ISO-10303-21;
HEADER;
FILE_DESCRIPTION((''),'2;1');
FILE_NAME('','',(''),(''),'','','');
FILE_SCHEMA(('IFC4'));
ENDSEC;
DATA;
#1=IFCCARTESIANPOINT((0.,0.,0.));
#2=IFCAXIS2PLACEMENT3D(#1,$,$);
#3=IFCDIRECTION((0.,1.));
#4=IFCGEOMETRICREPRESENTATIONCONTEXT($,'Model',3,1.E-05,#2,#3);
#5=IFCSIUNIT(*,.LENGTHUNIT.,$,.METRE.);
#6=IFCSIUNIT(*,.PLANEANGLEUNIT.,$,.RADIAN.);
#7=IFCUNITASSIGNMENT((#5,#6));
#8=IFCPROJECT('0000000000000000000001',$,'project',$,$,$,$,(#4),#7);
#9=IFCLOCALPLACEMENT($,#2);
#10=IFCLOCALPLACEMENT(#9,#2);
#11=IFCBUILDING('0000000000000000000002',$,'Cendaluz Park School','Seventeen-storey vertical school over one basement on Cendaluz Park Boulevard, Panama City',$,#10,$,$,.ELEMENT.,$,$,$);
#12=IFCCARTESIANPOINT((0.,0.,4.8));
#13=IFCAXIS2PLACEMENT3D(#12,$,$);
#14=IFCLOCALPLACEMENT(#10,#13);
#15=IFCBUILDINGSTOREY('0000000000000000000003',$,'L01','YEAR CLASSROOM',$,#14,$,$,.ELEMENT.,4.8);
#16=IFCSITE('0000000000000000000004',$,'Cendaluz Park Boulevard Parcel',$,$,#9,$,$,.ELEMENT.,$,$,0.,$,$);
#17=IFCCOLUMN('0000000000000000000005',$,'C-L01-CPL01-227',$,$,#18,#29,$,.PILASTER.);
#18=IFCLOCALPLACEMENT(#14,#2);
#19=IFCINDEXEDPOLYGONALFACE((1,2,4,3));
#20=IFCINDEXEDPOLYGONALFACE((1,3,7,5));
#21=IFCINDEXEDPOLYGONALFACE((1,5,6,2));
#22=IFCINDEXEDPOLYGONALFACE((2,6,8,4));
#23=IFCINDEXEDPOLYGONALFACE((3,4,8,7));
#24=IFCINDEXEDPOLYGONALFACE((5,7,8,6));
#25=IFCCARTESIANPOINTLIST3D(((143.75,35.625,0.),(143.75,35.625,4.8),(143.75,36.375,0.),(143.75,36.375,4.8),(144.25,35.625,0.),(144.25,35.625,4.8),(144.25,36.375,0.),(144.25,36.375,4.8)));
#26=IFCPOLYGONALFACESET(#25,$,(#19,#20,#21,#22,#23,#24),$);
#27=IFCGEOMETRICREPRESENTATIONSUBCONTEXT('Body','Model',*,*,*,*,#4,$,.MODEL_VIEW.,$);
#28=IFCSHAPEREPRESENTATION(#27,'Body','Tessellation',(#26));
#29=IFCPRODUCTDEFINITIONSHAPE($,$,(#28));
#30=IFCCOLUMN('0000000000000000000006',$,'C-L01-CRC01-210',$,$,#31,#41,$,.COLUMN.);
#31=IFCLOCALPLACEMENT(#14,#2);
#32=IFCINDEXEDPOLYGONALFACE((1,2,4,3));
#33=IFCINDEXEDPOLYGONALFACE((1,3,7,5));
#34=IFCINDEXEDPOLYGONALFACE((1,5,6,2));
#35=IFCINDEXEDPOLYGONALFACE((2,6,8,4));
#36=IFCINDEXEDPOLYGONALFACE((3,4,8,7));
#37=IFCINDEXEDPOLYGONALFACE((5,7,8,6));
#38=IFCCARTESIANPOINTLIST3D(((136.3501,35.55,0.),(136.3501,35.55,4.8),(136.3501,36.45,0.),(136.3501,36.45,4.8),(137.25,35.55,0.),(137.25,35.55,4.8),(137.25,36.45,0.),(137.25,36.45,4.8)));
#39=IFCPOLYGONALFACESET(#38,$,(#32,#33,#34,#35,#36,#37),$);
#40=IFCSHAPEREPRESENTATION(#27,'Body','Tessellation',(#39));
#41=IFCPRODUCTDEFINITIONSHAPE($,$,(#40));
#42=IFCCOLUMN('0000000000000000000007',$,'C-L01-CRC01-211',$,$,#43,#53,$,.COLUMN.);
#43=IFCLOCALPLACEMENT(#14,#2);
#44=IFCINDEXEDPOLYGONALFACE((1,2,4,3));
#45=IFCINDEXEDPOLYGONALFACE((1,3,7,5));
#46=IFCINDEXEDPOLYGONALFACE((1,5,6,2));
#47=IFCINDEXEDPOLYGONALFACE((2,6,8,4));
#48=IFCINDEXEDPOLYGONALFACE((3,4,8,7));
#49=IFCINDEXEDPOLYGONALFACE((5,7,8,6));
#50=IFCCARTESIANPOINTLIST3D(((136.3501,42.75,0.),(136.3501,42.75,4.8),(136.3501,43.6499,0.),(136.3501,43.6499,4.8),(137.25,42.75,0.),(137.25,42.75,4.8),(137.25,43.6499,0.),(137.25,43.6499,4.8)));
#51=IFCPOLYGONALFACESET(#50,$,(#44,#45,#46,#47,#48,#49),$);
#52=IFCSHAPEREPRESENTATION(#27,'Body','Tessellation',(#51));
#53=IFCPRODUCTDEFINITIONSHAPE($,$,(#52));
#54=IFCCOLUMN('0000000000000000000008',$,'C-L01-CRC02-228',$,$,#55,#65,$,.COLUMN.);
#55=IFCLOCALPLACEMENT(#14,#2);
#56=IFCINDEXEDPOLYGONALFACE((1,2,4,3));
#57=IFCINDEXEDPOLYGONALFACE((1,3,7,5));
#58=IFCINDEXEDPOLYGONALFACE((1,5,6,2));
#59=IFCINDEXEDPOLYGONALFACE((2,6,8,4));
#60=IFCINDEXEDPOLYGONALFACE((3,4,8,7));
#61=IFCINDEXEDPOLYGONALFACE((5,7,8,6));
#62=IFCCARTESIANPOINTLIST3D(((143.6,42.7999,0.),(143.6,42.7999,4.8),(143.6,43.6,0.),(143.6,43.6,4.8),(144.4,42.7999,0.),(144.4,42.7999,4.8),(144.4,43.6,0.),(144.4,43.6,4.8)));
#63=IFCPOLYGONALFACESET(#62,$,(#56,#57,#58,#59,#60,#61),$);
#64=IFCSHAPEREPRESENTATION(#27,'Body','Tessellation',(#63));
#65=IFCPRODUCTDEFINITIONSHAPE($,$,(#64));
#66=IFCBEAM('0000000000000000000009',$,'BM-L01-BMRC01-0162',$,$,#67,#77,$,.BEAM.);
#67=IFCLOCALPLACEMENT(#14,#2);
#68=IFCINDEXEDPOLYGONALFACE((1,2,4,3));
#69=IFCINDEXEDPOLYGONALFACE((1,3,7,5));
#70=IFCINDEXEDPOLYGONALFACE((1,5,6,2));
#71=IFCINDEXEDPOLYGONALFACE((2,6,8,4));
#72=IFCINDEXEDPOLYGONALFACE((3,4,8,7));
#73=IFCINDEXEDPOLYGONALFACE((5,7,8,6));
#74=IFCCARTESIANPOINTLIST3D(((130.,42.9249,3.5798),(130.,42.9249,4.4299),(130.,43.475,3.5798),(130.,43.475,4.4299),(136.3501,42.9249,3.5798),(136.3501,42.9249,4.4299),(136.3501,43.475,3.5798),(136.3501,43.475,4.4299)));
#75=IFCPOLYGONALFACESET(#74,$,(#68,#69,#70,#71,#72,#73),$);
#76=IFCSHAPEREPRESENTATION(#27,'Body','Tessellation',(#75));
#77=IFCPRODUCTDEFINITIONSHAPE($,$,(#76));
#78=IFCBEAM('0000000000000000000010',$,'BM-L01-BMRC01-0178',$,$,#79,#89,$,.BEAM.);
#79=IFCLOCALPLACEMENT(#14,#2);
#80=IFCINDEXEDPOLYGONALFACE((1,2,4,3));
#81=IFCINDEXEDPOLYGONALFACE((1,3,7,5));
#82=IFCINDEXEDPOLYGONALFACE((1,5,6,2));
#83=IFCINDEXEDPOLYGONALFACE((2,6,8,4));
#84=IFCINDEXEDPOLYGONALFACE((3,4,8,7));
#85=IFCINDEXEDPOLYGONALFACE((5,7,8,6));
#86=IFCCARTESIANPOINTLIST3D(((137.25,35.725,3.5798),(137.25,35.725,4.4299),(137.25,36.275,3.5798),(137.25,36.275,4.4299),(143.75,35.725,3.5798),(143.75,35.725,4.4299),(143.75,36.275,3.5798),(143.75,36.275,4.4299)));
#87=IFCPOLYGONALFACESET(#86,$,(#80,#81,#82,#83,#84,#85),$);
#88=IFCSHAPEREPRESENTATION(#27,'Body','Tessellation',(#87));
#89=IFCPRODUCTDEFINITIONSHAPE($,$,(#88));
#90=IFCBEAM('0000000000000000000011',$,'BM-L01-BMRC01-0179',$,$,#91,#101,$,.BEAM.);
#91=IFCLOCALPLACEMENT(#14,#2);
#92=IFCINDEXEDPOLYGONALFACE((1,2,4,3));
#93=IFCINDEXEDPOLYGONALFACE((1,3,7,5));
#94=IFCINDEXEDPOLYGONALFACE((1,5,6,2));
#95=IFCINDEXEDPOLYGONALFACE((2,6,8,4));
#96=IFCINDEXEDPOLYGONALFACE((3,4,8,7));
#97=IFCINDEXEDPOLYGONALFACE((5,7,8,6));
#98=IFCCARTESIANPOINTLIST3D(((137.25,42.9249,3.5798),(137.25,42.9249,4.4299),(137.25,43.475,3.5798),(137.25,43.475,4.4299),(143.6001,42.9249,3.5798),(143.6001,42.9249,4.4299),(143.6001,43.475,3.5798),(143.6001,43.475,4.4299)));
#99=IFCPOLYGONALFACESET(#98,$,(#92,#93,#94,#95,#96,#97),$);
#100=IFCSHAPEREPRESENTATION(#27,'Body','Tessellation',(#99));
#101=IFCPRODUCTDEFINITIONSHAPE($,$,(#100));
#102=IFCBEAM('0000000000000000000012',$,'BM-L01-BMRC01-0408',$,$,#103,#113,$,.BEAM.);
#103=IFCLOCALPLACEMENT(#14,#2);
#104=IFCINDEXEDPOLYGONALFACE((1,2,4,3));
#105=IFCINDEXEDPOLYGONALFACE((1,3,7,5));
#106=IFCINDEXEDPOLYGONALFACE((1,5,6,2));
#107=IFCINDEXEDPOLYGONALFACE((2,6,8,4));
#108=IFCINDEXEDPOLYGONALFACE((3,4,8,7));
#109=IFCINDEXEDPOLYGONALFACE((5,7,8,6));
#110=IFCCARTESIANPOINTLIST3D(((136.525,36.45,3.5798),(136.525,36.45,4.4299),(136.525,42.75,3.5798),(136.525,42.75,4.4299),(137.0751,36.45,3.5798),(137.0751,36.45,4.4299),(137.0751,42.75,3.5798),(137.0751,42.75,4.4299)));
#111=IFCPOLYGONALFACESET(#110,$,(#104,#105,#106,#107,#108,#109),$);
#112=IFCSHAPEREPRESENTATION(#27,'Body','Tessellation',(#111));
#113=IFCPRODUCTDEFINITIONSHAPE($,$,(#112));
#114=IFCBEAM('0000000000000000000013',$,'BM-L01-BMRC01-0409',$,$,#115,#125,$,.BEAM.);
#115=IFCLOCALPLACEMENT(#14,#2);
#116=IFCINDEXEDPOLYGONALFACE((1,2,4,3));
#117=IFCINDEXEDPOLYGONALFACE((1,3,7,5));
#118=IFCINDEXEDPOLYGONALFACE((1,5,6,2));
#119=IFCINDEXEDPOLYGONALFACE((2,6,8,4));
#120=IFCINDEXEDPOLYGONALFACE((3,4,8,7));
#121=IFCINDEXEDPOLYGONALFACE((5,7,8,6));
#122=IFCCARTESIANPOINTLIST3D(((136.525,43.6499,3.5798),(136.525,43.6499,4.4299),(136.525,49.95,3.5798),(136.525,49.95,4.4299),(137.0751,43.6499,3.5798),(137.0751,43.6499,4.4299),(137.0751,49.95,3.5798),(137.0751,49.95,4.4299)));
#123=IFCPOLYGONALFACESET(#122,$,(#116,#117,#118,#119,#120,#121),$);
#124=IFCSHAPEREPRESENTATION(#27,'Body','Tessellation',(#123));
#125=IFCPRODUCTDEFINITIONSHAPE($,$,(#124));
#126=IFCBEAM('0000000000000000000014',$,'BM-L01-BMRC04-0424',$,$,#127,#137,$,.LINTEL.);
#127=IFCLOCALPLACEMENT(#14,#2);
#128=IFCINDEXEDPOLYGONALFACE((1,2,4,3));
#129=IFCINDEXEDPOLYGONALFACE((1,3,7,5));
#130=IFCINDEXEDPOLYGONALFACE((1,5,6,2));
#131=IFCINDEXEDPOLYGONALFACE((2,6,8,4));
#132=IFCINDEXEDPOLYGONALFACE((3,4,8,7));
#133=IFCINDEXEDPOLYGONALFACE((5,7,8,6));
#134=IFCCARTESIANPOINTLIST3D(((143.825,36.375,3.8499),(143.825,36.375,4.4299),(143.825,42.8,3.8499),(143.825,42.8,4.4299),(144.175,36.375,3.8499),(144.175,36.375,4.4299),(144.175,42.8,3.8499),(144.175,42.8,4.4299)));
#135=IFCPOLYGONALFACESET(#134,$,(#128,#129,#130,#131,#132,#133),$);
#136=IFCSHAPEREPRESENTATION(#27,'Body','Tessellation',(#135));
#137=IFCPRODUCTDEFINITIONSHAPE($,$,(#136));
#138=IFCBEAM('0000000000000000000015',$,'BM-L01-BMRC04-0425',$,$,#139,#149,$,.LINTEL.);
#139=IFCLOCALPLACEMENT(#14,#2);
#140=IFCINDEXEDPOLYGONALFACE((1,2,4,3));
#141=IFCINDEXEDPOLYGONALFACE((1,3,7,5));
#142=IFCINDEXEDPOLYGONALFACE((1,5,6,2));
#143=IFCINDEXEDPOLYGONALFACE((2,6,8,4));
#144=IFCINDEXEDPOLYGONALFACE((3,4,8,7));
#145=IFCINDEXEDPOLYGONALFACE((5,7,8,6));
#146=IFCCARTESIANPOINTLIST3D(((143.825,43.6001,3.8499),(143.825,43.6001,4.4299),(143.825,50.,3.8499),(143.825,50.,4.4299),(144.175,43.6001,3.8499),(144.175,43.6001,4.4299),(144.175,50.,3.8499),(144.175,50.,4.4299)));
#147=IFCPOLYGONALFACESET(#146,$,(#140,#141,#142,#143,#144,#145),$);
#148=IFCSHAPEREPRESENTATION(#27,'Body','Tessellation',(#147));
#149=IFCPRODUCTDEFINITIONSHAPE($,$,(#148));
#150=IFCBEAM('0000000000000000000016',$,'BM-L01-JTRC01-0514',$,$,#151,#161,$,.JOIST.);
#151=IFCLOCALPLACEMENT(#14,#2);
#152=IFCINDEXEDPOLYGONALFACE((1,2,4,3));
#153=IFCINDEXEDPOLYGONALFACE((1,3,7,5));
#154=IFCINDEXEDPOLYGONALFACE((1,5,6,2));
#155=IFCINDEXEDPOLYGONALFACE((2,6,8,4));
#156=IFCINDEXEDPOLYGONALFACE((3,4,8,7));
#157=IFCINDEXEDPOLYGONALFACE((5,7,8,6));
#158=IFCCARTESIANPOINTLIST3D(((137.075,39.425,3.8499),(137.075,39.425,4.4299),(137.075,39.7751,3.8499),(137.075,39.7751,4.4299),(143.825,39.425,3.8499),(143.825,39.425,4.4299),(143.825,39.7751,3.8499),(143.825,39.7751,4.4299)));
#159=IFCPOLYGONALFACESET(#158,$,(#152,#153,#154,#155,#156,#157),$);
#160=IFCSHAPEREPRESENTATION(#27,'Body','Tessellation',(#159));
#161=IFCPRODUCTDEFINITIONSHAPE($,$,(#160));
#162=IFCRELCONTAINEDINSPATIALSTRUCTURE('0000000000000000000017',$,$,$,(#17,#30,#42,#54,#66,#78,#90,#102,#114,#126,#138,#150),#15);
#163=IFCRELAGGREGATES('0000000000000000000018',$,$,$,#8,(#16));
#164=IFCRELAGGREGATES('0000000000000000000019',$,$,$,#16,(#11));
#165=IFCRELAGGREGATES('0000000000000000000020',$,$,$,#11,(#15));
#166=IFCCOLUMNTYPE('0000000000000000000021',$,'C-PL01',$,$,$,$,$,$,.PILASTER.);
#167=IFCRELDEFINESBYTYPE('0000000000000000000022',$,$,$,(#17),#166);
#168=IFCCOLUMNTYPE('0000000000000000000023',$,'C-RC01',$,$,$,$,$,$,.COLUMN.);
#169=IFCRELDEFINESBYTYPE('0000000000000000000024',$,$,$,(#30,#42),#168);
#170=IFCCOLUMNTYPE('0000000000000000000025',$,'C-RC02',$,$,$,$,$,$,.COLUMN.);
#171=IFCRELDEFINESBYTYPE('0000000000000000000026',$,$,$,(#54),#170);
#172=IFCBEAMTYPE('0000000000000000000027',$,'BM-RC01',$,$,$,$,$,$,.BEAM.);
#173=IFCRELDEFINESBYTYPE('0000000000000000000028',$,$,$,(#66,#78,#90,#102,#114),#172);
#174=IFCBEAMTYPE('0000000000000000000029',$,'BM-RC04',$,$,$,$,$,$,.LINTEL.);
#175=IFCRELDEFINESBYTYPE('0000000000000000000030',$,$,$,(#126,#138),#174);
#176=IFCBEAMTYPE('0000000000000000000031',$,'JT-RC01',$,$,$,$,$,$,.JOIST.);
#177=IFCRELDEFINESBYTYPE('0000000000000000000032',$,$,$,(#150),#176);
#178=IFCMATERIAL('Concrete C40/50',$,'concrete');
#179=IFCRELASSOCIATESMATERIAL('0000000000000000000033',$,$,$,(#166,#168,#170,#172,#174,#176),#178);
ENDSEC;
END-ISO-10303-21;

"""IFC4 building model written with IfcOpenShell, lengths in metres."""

from ifc_helpers import new_model, si_unit, direction, frame, origin, origin_2d, place, context, subcontext, project, spatial, rectangle, extrude, material, material_profile, profile_set, type_object, element, save


model = new_model("IFC4")

# Units and contexts
model_context = context("Model", 3, precision=1e-05, world=origin(), true_north=direction((0.0, 1.0)))
body_context = subcontext(model_context, "Body", "Model", "MODEL_VIEW")
ifc_project = project(units=[si_unit("LENGTHUNIT", "METRE"), si_unit("PLANEANGLEUNIT", "RADIAN")], contexts=[model_context])

# Site, building, storey
site_placement = place(None, origin())
site = spatial("IfcSite", under=ifc_project, at=site_placement, Name="Cendaluz Park Boulevard Parcel", CompositionType="ELEMENT", RefElevation=0.0)
building_placement = place(site_placement, origin())
building = spatial("IfcBuilding", under=site, at=building_placement, Name="Cendaluz Park School", Description="Seventeen-storey vertical school over one basement on Cendaluz Park Boulevard, Panama City", CompositionType="ELEMENT")
storey_placement = place(building_placement, frame((0.0, 0.0, 4.8)))
storey = spatial("IfcBuildingStorey", under=building, at=storey_placement, Name="L01", Description="YEAR CLASSROOM", CompositionType="ELEMENT", Elevation=4.8)

# Columns
ifc_material_1 = material(Name="Concrete C40/50", Category="concrete")
ifc_material_profile_1 = material_profile(ifc_material_1, rectangle(XDim=0.5, YDim=0.75, at=origin_2d()), Name="RC 500x750", Category="concrete")
ifc_profile_set_1 = profile_set([ifc_material_profile_1], Name="Concrete C40/50")
column_type_1 = type_object("IfcColumnType", Name="C-PL01", PredefinedType="PILASTER", material=ifc_profile_set_1)
column_1_placement = place(storey_placement, frame((144.0, 36.0, 0.0), z_axis=(0.0, 0.0, 1.0), x_axis=(1.0, 0.0, 0.0)))
element("IfcColumn", 1, at=column_1_placement, inside=storey, type_object=column_type_1, Name="C-L01-CPL01-227", PredefinedType="PILASTER", context=body_context, shape_type="SweptSolid", body=[
    extrude(rectangle(XDim=0.5, YDim=0.75, at=origin_2d()), origin(), (0.0, 0.0, 1.0), 4.8),
])
ifc_material_profile_2 = material_profile(ifc_material_1, rectangle(XDim=0.8999, YDim=0.8999, at=origin_2d()), Name="RC 900x900", Category="concrete")
ifc_profile_set_2 = profile_set([ifc_material_profile_2], Name="Concrete C40/50")
column_type_2 = type_object("IfcColumnType", Name="C-RC01", PredefinedType="COLUMN", material=ifc_profile_set_2)
for number, where, z_axis, x_axis, name in (
    (2, (136.8, 36.0, 0.0), (0.0, 0.0, 1.0), (1.0, 0.0, 0.0), "C-L01-CRC01-210"),
    (3, (136.8, 43.2, 0.0), (0.0, 0.0, 1.0), (1.0, 0.0, 0.0), "C-L01-CRC01-211"),
):
    element("IfcColumn", number, at=place(storey_placement, frame(where, z_axis=z_axis, x_axis=x_axis)), inside=storey, type_object=column_type_2, Name=name, PredefinedType="COLUMN", context=body_context, shape_type="SweptSolid", body=[
        extrude(rectangle(XDim=0.8999, YDim=0.8999, at=origin_2d()), origin(), (0.0, 0.0, 1.0), 4.8),
    ])
ifc_material_profile_3 = material_profile(ifc_material_1, rectangle(XDim=0.8, YDim=0.8, at=origin_2d()), Name="RC 800x800", Category="concrete")
ifc_profile_set_3 = profile_set([ifc_material_profile_3], Name="Concrete C40/50")
column_type_3 = type_object("IfcColumnType", Name="C-RC02", PredefinedType="COLUMN", material=ifc_profile_set_3)
column_2_placement = place(storey_placement, frame((144.0, 43.2, 0.0), z_axis=(0.0, 0.0, 1.0), x_axis=(1.0, 0.0, 0.0)))
element("IfcColumn", 4, at=column_2_placement, inside=storey, type_object=column_type_3, Name="C-L01-CRC02-228", PredefinedType="COLUMN", context=body_context, shape_type="SweptSolid", body=[
    extrude(rectangle(XDim=0.8, YDim=0.8, at=origin_2d()), origin(), (0.0, 0.0, 1.0), 4.8),
])

# Beams
ifc_material_profile_4 = material_profile(ifc_material_1, rectangle(XDim=0.55, YDim=0.8501, at=origin_2d()), Name="RC 550x850", Category="concrete")
ifc_profile_set_4 = profile_set([ifc_material_profile_4], Name="Concrete C40/50")
beam_type_1 = type_object("IfcBeamType", Name="BM-RC01", PredefinedType="BEAM", material=ifc_profile_set_4)
beam_1_placement = place(storey_placement, frame((130.0, 43.2, 4.0049), z_axis=(1.0, 0.0, 0.0), x_axis=(0.0, 1.0, 0.0)))
element("IfcBeam", 5, at=beam_1_placement, inside=storey, type_object=beam_type_1, Name="BM-L01-BMRC01-0162", PredefinedType="BEAM", context=body_context, shape_type="SweptSolid", body=[
    extrude(rectangle(XDim=0.55, YDim=0.8501, at=origin_2d()), origin(), (0.0, 0.0, 1.0), 6.3501),
])
beam_2_placement = place(storey_placement, frame((137.25, 36.0, 4.0049), z_axis=(1.0, 0.0, 0.0), x_axis=(0.0, 1.0, 0.0)))
element("IfcBeam", 6, at=beam_2_placement, inside=storey, type_object=beam_type_1, Name="BM-L01-BMRC01-0178", PredefinedType="BEAM", context=body_context, shape_type="SweptSolid", body=[
    extrude(rectangle(XDim=0.55, YDim=0.8501, at=origin_2d()), origin(), (0.0, 0.0, 1.0), 6.5),
])
beam_3_placement = place(storey_placement, frame((137.25, 43.2, 4.0049), z_axis=(1.0, 0.0, 0.0), x_axis=(0.0, 1.0, 0.0)))
element("IfcBeam", 7, at=beam_3_placement, inside=storey, type_object=beam_type_1, Name="BM-L01-BMRC01-0179", PredefinedType="BEAM", context=body_context, shape_type="SweptSolid", body=[
    extrude(rectangle(XDim=0.55, YDim=0.8501, at=origin_2d()), origin(), (0.0, 0.0, 1.0), 6.3501),
])
for number, where, z_axis, x_axis, name in (
    (8, (136.8, 36.45, 4.0049), (0.0, 1.0, 0.0), (-1.0, 0.0, 0.0), "BM-L01-BMRC01-0408"),
    (9, (136.8, 43.6499, 4.0049), (0.0, 1.0, 0.0), (-1.0, 0.0, 0.0), "BM-L01-BMRC01-0409"),
):
    element("IfcBeam", number, at=place(storey_placement, frame(where, z_axis=z_axis, x_axis=x_axis)), inside=storey, type_object=beam_type_1, Name=name, PredefinedType="BEAM", context=body_context, shape_type="SweptSolid", body=[
        extrude(rectangle(XDim=0.55, YDim=0.8501, at=origin_2d()), origin(), (0.0, 0.0, 1.0), 6.3),
    ])
ifc_material_profile_5 = material_profile(ifc_material_1, rectangle(XDim=0.3501, YDim=0.5801, at=origin_2d()), Name="RC 350x580", Category="concrete")
ifc_profile_set_5 = profile_set([ifc_material_profile_5], Name="Concrete C40/50")
beam_type_2 = type_object("IfcBeamType", Name="BM-RC04", PredefinedType="LINTEL", material=ifc_profile_set_5)
beam_4_placement = place(storey_placement, frame((144.0, 36.375, 4.1399), z_axis=(0.0, 1.0, 0.0), x_axis=(-1.0, 0.0, 0.0)))
element("IfcBeam", 10, at=beam_4_placement, inside=storey, type_object=beam_type_2, Name="BM-L01-BMRC04-0424", PredefinedType="LINTEL", context=body_context, shape_type="SweptSolid", body=[
    extrude(rectangle(XDim=0.3501, YDim=0.5801, at=origin_2d()), origin(), (0.0, 0.0, 1.0), 6.425),
])
beam_5_placement = place(storey_placement, frame((144.0, 43.6001, 4.1399), z_axis=(0.0, 1.0, 0.0), x_axis=(-1.0, 0.0, 0.0)))
element("IfcBeam", 11, at=beam_5_placement, inside=storey, type_object=beam_type_2, Name="BM-L01-BMRC04-0425", PredefinedType="LINTEL", context=body_context, shape_type="SweptSolid", body=[
    extrude(rectangle(XDim=0.3501, YDim=0.5801, at=origin_2d()), origin(), (0.0, 0.0, 1.0), 6.3999),
])
ifc_material_profile_6 = material_profile(ifc_material_1, rectangle(XDim=0.3501, YDim=0.5801, at=origin_2d()), Name="RC 350x580", Category="concrete")
ifc_profile_set_6 = profile_set([ifc_material_profile_6], Name="Concrete C40/50")
beam_type_3 = type_object("IfcBeamType", Name="JT-RC01", PredefinedType="JOIST", material=ifc_profile_set_6)
beam_6_placement = place(storey_placement, frame((137.075, 39.6001, 4.1399), z_axis=(1.0, 0.0, 0.0), x_axis=(0.0, 1.0, 0.0)))
element("IfcBeam", 12, at=beam_6_placement, inside=storey, type_object=beam_type_3, Name="BM-L01-JTRC01-0514", PredefinedType="JOIST", context=body_context, shape_type="SweptSolid", body=[
    extrude(rectangle(XDim=0.3501, YDim=0.5801, at=origin_2d()), origin(), (0.0, 0.0, 1.0), 6.75),
])

save(model, "model.ifc")
